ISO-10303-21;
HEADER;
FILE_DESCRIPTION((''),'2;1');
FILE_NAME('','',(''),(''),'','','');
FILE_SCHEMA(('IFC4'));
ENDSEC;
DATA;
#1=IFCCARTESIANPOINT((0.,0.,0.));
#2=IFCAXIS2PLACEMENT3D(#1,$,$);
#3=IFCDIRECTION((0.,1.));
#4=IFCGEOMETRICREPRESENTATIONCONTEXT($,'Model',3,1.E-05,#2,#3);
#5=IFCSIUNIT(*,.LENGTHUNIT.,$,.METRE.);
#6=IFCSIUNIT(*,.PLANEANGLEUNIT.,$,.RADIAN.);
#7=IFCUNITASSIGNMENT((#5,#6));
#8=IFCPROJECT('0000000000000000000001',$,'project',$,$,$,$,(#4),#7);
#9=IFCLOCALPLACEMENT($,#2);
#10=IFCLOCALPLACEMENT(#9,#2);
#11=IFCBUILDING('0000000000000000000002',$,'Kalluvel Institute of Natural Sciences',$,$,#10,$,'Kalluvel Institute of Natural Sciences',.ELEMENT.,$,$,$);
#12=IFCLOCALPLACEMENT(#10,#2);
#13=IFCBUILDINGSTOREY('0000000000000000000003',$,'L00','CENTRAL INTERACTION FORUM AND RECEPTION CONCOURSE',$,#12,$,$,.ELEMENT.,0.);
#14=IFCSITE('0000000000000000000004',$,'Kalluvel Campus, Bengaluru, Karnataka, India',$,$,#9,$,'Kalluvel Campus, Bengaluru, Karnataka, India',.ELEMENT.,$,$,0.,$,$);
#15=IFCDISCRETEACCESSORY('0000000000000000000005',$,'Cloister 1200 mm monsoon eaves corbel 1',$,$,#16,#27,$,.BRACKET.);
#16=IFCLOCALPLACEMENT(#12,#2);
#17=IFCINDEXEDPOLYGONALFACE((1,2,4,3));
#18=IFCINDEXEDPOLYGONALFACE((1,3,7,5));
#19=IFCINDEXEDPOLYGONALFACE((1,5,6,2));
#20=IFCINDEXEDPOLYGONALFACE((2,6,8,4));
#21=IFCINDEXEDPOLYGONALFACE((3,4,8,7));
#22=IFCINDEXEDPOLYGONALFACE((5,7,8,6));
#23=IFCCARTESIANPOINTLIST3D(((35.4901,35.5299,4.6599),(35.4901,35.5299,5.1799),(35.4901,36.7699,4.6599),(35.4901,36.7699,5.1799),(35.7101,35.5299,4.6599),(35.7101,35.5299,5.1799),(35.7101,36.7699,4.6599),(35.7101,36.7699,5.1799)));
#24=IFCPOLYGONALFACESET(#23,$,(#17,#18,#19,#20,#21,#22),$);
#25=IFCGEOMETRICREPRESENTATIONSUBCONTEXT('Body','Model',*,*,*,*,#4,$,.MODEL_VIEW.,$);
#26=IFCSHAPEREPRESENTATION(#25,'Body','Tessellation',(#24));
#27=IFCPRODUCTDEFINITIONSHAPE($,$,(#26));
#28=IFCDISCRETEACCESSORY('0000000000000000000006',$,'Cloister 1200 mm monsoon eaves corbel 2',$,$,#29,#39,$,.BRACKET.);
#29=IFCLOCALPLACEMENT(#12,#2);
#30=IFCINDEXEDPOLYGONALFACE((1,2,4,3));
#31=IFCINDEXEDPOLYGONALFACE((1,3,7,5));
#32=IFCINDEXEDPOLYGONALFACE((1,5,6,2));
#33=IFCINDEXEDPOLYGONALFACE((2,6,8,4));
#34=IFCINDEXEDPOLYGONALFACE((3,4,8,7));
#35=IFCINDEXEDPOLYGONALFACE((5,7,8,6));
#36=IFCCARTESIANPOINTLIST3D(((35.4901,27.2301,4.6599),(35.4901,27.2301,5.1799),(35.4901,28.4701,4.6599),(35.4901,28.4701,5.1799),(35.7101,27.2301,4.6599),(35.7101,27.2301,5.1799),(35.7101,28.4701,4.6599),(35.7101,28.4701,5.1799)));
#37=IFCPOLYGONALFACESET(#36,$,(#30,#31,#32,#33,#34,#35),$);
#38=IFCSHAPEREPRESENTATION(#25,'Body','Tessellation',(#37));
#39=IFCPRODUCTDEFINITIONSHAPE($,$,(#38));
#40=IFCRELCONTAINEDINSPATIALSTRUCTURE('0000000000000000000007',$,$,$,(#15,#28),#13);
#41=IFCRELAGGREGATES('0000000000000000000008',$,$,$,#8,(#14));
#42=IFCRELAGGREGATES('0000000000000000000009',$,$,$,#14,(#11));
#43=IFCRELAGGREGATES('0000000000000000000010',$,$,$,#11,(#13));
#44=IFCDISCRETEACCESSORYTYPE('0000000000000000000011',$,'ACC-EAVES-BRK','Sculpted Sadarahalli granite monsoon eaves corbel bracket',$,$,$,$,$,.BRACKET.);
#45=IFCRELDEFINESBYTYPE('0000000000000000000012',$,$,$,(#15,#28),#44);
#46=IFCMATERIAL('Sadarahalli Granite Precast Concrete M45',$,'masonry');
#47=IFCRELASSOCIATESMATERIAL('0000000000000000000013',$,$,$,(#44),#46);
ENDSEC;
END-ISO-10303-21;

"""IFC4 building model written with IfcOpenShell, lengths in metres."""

from ifc_helpers import new_model, si_unit, direction, frame, origin, origin_2d, place, context, subcontext, project, spatial, rectangle, extrude, material, type_object, element, save


model = new_model("IFC4")

# Units and contexts
model_context = context("Model", 3, precision=1e-05, world=origin(), true_north=direction((0.0, 1.0)))
body_context = subcontext(model_context, "Body", "Model", "MODEL_VIEW")
ifc_project = project(units=[si_unit("LENGTHUNIT", "METRE"), si_unit("PLANEANGLEUNIT", "RADIAN")], contexts=[model_context])

# Site, building, storey
site_placement = place(None, origin())
site = spatial("IfcSite", under=ifc_project, at=site_placement, Name="Kalluvel Campus, Bengaluru, Karnataka, India", LongName="Kalluvel Campus, Bengaluru, Karnataka, India", CompositionType="ELEMENT", RefElevation=0.0)
building_placement = place(site_placement, origin())
building = spatial("IfcBuilding", under=site, at=building_placement, Name="Kalluvel Institute of Natural Sciences", LongName="Kalluvel Institute of Natural Sciences", CompositionType="ELEMENT")
storey_placement = place(building_placement, origin())
storey = spatial("IfcBuildingStorey", under=building, at=storey_placement, Name="L00", Description="CENTRAL INTERACTION FORUM AND RECEPTION CONCOURSE", CompositionType="ELEMENT", Elevation=0.0)

# Discrete accessories
ifc_material_1 = material(Name="Sadarahalli Granite Precast Concrete M45", Category="masonry")
discrete_accessory_type = type_object("IfcDiscreteAccessoryType", Name="ACC-EAVES-BRK", Description="Sculpted Sadarahalli granite monsoon eaves corbel bracket", PredefinedType="BRACKET", material=ifc_material_1)
for number, where, z_axis, x_axis, name in (
    (1, (35.6001, 36.1499, 4.6599), (0.0, 0.0, 1.0), (1.0, 0.0, 0.0), "Cloister 1200 mm monsoon eaves corbel 1"),
    (2, (35.6001, 27.8501, 4.6599), (0.0, 0.0, 1.0), (1.0, 0.0, 0.0), "Cloister 1200 mm monsoon eaves corbel 2"),
):
    element("IfcDiscreteAccessory", number, at=place(storey_placement, frame(where, z_axis=z_axis, x_axis=x_axis)), inside=storey, type_object=discrete_accessory_type, Name=name, PredefinedType="BRACKET", context=body_context, shape_type="SweptSolid", body=[
        extrude(rectangle(XDim=0.22, YDim=1.24, at=origin_2d()), origin(), (0.0, 0.0, 1.0), 0.52),
    ])

save(model, "model.ifc")
